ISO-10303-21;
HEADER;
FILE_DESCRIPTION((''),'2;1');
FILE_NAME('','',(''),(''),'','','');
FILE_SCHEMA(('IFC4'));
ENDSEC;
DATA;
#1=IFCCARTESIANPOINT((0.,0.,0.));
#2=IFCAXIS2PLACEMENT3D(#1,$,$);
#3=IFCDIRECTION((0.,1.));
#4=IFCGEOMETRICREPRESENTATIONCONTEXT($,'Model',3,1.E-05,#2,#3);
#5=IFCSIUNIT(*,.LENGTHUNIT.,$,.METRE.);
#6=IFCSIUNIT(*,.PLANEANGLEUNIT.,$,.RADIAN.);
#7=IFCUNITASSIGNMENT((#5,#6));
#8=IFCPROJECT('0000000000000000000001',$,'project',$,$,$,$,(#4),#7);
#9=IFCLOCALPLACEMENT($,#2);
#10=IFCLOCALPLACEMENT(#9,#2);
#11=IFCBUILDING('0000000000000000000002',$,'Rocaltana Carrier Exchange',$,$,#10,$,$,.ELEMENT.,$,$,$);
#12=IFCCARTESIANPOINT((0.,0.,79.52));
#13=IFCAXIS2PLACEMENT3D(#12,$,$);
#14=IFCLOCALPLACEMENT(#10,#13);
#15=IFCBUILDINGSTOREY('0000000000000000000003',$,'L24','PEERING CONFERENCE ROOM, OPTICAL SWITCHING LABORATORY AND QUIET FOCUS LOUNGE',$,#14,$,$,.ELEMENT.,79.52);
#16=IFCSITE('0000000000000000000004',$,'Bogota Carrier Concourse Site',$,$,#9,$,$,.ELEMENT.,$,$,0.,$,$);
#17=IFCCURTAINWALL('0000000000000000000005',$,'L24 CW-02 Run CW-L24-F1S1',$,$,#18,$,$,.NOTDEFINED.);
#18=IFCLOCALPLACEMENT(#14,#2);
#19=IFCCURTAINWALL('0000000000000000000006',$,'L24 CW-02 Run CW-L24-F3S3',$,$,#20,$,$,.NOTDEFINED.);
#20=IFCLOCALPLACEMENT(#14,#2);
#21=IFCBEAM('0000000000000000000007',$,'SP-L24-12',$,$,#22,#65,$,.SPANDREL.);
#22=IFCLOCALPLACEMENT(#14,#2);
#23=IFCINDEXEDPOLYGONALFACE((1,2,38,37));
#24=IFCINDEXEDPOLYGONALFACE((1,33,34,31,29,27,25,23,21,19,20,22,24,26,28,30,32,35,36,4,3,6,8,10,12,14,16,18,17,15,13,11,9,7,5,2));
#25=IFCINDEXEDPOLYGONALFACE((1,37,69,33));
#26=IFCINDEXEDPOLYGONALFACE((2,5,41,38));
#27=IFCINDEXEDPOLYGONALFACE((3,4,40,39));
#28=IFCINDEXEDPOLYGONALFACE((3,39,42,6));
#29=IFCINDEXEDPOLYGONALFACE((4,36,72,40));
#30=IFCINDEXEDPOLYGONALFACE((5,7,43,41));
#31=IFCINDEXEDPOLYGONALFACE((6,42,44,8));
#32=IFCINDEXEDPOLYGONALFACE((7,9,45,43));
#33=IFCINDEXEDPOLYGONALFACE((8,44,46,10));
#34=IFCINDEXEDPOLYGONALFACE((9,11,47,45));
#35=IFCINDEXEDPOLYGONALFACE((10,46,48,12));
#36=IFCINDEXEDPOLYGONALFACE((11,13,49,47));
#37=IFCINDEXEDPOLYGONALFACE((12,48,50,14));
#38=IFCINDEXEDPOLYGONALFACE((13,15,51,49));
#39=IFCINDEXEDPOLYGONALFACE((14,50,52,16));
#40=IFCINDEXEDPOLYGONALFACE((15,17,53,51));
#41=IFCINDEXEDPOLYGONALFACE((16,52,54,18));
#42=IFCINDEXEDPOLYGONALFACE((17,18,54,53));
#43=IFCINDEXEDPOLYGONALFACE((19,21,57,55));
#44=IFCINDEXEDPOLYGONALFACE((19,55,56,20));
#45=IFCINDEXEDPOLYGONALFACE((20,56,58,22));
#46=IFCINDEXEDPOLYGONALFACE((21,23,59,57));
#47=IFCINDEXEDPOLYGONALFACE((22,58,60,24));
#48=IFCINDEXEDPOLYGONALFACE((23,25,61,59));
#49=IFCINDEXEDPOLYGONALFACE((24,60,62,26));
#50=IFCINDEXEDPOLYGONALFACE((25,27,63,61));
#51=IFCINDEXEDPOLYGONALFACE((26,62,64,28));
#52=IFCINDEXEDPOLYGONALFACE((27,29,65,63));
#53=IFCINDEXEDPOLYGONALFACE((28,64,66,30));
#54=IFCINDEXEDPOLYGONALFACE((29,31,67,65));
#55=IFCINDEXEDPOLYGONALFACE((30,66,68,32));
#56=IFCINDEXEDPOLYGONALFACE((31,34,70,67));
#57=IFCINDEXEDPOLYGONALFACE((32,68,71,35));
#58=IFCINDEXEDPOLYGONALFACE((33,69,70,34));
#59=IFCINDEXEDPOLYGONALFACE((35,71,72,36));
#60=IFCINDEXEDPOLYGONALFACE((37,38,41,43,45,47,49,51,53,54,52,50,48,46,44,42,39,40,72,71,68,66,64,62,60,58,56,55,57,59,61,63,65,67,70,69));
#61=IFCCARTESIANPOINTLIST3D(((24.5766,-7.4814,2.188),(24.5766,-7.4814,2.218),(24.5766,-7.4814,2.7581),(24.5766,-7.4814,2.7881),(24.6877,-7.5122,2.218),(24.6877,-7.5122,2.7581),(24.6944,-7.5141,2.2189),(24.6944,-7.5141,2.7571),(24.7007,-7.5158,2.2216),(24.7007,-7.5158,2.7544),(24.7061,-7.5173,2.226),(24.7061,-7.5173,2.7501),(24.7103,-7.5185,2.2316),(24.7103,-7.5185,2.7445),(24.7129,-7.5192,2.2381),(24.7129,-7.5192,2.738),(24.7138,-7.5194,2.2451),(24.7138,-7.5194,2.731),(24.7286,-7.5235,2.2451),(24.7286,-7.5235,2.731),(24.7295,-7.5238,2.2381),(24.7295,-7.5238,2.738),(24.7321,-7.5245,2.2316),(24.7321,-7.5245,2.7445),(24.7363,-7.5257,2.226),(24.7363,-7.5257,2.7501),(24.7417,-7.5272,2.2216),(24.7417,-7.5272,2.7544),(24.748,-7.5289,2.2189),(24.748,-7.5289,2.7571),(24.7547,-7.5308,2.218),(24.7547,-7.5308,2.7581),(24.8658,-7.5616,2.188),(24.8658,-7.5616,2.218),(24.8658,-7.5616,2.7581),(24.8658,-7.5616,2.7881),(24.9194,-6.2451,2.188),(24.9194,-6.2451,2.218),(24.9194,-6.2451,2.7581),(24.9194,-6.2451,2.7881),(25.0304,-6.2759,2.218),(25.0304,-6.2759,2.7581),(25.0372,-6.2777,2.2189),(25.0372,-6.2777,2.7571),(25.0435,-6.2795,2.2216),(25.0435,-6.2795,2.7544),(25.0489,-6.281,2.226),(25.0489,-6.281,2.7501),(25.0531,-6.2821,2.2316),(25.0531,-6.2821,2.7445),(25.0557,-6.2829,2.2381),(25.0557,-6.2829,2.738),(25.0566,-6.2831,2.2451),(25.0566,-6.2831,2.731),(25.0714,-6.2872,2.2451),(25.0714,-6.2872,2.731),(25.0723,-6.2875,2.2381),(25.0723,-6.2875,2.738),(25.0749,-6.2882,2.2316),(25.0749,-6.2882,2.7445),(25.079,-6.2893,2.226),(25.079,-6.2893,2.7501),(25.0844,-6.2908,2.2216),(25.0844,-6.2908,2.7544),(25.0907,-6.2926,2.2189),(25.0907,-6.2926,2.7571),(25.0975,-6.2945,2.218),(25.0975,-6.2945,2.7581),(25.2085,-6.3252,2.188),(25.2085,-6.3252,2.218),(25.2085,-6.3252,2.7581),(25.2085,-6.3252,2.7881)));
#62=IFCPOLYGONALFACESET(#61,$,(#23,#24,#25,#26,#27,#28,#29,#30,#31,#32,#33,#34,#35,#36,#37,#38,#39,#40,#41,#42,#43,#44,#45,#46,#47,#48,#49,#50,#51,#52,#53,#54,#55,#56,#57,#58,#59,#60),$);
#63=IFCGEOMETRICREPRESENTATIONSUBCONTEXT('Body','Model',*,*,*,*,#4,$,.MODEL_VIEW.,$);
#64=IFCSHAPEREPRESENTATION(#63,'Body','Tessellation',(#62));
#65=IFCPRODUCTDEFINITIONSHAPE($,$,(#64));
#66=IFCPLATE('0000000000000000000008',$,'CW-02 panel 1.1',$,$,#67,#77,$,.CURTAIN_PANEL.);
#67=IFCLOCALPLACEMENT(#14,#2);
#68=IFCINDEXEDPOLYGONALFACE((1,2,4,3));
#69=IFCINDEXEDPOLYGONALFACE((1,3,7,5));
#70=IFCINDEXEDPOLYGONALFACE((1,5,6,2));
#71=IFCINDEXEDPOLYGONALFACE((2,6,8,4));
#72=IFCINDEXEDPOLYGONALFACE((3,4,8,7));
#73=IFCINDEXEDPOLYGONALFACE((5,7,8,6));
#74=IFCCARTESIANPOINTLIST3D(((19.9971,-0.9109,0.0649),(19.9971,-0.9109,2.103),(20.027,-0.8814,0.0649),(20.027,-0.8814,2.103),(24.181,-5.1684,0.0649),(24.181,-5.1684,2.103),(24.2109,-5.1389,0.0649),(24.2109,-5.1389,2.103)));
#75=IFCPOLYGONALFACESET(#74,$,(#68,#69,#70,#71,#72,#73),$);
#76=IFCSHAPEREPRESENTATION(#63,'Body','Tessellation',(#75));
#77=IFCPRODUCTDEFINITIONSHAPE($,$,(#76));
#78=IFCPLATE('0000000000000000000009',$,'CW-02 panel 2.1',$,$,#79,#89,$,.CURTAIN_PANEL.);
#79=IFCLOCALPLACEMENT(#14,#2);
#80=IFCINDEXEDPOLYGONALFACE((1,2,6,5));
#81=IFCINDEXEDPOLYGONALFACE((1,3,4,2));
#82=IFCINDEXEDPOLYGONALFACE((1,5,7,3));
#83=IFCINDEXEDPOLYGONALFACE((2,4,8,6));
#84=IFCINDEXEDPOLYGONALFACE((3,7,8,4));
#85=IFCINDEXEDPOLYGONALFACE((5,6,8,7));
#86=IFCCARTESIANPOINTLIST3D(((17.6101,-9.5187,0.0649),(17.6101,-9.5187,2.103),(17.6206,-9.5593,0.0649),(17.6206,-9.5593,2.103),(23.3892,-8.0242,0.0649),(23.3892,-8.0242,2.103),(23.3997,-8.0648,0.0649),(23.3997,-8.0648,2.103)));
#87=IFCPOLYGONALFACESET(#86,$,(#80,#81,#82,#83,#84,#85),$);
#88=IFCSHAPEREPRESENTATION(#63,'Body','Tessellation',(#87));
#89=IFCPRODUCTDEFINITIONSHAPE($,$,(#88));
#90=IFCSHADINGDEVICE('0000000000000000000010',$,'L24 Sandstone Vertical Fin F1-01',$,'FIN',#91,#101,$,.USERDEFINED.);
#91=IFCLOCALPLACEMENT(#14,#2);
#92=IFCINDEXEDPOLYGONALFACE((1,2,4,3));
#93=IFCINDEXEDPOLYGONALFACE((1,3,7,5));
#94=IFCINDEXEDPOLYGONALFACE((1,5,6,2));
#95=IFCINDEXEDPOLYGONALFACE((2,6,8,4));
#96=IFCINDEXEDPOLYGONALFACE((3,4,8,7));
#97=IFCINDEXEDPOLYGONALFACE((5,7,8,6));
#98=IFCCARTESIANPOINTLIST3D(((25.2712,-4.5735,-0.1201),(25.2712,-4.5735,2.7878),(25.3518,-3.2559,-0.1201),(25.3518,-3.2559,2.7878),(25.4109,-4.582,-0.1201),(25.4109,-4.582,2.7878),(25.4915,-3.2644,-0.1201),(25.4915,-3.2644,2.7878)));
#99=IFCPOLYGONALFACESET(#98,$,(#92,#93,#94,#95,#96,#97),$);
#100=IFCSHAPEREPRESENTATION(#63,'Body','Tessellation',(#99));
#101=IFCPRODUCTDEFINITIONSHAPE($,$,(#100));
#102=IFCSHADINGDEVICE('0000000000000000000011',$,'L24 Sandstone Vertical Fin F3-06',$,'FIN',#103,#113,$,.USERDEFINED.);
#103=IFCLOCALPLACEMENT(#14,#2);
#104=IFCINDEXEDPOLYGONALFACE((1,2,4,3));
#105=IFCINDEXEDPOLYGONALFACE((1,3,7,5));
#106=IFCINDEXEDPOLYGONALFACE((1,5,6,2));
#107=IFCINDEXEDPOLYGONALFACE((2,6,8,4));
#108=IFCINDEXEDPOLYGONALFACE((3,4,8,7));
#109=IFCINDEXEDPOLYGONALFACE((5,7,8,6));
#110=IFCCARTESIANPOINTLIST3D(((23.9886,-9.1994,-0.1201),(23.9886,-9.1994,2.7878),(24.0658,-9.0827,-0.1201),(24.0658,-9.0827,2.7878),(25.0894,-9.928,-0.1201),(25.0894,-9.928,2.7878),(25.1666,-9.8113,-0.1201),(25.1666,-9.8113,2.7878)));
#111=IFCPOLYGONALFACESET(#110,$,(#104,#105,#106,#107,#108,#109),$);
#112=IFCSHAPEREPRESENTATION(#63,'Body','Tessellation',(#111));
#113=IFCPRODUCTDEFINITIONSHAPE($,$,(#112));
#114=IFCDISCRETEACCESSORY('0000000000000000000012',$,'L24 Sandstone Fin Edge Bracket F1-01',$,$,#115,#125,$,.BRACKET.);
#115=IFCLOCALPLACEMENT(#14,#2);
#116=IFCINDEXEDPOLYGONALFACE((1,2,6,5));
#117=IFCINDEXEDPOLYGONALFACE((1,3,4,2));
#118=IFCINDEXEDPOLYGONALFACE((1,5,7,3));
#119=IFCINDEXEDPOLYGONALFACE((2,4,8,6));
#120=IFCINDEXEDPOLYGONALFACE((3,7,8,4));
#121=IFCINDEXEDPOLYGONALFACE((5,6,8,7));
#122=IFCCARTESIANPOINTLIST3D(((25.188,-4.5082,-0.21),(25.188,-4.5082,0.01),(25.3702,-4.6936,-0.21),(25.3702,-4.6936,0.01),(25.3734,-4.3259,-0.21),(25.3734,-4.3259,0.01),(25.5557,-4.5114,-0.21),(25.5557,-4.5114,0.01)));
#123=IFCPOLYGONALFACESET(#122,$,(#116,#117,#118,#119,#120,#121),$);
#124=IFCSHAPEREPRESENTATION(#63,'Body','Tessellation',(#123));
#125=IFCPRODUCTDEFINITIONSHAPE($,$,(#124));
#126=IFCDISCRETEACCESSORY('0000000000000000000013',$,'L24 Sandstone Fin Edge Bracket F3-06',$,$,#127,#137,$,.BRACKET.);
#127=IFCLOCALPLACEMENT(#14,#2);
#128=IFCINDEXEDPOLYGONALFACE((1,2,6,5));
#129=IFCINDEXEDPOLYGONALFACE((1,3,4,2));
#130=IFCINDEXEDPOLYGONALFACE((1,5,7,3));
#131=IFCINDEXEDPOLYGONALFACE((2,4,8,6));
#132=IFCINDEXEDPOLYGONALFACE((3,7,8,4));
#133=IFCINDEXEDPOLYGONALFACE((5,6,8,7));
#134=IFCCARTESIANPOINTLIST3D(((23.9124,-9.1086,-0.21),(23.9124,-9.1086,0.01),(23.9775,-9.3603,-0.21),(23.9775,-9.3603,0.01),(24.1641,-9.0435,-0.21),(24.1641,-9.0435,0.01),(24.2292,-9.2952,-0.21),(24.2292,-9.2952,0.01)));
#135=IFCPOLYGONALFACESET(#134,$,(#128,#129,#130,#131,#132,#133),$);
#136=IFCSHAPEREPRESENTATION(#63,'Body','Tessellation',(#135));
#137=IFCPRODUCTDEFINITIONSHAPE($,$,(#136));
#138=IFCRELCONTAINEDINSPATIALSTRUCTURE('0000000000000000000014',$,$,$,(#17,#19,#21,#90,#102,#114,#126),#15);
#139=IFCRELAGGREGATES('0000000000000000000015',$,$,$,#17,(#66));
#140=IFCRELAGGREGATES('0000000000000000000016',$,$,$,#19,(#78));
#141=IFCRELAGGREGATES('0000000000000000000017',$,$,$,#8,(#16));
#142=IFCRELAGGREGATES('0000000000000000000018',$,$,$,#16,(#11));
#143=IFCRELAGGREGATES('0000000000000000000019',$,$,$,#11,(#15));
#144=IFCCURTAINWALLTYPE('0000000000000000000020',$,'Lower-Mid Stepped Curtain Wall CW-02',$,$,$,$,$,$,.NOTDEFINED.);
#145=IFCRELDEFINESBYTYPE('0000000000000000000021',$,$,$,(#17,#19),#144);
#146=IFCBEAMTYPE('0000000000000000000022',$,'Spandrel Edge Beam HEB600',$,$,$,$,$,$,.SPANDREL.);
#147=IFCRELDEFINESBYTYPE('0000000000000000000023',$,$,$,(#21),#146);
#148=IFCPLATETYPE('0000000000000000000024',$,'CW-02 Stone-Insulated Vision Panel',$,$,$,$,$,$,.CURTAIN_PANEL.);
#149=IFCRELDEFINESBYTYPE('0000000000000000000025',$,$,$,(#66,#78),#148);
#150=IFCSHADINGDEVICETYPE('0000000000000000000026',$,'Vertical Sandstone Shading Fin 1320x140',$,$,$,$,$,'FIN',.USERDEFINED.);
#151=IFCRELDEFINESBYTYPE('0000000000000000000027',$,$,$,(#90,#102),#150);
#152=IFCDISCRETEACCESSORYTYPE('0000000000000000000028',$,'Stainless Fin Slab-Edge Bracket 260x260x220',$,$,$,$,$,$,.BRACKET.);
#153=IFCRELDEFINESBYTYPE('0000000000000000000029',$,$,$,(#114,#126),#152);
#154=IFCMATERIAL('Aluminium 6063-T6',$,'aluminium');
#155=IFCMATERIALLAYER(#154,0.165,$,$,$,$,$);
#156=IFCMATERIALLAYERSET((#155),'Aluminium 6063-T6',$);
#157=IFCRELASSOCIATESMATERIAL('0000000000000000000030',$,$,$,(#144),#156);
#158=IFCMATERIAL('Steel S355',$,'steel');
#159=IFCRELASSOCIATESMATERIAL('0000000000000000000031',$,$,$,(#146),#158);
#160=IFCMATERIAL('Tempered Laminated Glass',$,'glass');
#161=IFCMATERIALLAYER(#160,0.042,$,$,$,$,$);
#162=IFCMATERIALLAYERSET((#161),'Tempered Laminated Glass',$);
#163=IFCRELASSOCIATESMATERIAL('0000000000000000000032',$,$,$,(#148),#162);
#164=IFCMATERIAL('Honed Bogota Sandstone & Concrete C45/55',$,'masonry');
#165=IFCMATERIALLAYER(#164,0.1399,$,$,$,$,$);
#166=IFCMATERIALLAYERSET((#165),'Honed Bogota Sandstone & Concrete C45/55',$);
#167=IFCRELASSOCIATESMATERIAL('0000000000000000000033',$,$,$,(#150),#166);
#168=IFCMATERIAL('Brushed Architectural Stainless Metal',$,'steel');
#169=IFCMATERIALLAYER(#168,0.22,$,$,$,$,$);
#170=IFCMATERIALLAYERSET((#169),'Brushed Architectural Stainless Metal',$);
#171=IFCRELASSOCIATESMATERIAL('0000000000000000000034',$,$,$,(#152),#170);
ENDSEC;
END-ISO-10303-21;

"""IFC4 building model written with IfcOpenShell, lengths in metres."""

from ifc_helpers import new_model, si_unit, direction, frame, origin, origin_2d, place, context, subcontext, project, spatial, rectangle, i_section, extrude, material, layer, layer_set, material_profile, profile_set, type_object, element, aggregate, save


model = new_model("IFC4")

# Units and contexts
model_context = context("Model", 3, precision=1e-05, world=origin(), true_north=direction((0.0, 1.0)))
body_context = subcontext(model_context, "Body", "Model", "MODEL_VIEW")
ifc_project = project(units=[si_unit("LENGTHUNIT", "METRE"), si_unit("PLANEANGLEUNIT", "RADIAN")], contexts=[model_context])

# Site, building, storey
site_placement = place(None, origin())
site = spatial("IfcSite", under=ifc_project, at=site_placement, Name="Bogota Carrier Concourse Site", CompositionType="ELEMENT", RefElevation=0.0)
building_placement = place(site_placement, origin())
building = spatial("IfcBuilding", under=site, at=building_placement, Name="Rocaltana Carrier Exchange", CompositionType="ELEMENT")
storey_placement = place(building_placement, frame((0.0, 0.0, 79.52)))
storey = spatial("IfcBuildingStorey", under=building, at=storey_placement, Name="L24", Description="PEERING CONFERENCE ROOM, OPTICAL SWITCHING LABORATORY AND QUIET FOCUS LOUNGE", CompositionType="ELEMENT", Elevation=79.52)

# Curtain wall
ifc_material_1 = material(Name="Aluminium 6063-T6", Category="aluminium")
ifc_layer_1 = layer(ifc_material_1, 0.165)
ifc_layer_set_1 = layer_set([ifc_layer_1], Name="Aluminium 6063-T6")
curtain_wall_type = type_object("IfcCurtainWallType", Name="Lower-Mid Stepped Curtain Wall CW-02", PredefinedType="NOTDEFINED", material=ifc_layer_set_1)
curtain_wall_1_placement = place(storey_placement, origin())
curtain_wall_1 = element("IfcCurtainWall", 1, at=curtain_wall_1_placement, inside=storey, type_object=curtain_wall_type, Name="L24 CW-02 Run CW-L24-F1S1", PredefinedType="NOTDEFINED")

# Curtain wall
curtain_wall_2_placement = place(storey_placement, origin())
curtain_wall_2 = element("IfcCurtainWall", 2, at=curtain_wall_2_placement, inside=storey, type_object=curtain_wall_type, Name="L24 CW-02 Run CW-L24-F3S3", PredefinedType="NOTDEFINED")

# Beam
ifc_material_2 = material(Name="Steel S355", Category="steel")
ifc_material_profile_1 = material_profile(ifc_material_2, i_section(OverallWidth=0.3, OverallDepth=0.6001, WebThickness=0.0154, FlangeThickness=0.03, FilletRadius=0.0271, at=origin_2d()), Name="HEB600")
ifc_profile_set_1 = profile_set([ifc_material_profile_1], Name="Steel S355")
beam_type_1 = type_object("IfcBeamType", Name="Spandrel Edge Beam HEB600", PredefinedType="SPANDREL", material=ifc_profile_set_1)
beam_1_placement = place(storey_placement, frame((24.7212, -7.5215, 2.488), z_axis=(0.267173, 0.963649, 0.0), x_axis=(-0.963649, 0.267173, 0.0)))
element("IfcBeam", 3, at=beam_1_placement, inside=storey, type_object=beam_type_1, Name="SP-L24-12", PredefinedType="SPANDREL", context=body_context, shape_type="SweptSolid", body=[
    extrude(i_section(OverallWidth=0.3, OverallDepth=0.6001, WebThickness=0.0154, FlangeThickness=0.03, FilletRadius=0.0271, at=origin_2d()), origin(), (0.0, 0.0, 1.0), 1.283),
])

# Plates
ifc_material_3 = material(Name="Tempered Laminated Glass", Category="glass")
ifc_layer_2 = layer(ifc_material_3, 0.042)
ifc_layer_set_2 = layer_set([ifc_layer_2], Name="Tempered Laminated Glass")
plate_type = type_object("IfcPlateType", Name="CW-02 Stone-Insulated Vision Panel", PredefinedType="CURTAIN_PANEL", material=ifc_layer_set_2)
plate_1_placement = place(storey_placement, frame((22.104, -3.0249, 0.0649), z_axis=(0.0, 0.0, 1.0), x_axis=(-0.700915, 0.713245, 0.0)))
plate_1 = element("IfcPlate", 4, at=plate_1_placement, type_object=plate_type, Name="CW-02 panel 1.1", PredefinedType="CURTAIN_PANEL", context=body_context, shape_type="SweptSolid", body=[
    extrude(rectangle(XDim=5.9692, YDim=0.042, at=origin_2d()), origin(), (0.0, 0.0, 1.0), 2.0381),
])
aggregate(curtain_wall_1, [plate_1])
plate_2_placement = place(storey_placement, frame((20.5049, -8.7917, 0.0649), z_axis=(0.0, 0.0, 1.0), x_axis=(0.96815, 0.25037, 0.0)))
plate_2 = element("IfcPlate", 5, at=plate_2_placement, type_object=plate_type, Name="CW-02 panel 2.1", PredefinedType="CURTAIN_PANEL", context=body_context, shape_type="SweptSolid", body=[
    extrude(rectangle(XDim=5.9692, YDim=0.042, at=origin_2d()), origin(), (0.0, 0.0, 1.0), 2.0381),
])
aggregate(curtain_wall_2, [plate_2])

# Shading devices
ifc_material_4 = material(Name="Honed Bogota Sandstone & Concrete C45/55", Category="masonry")
ifc_layer_3 = layer(ifc_material_4, 0.1399)
ifc_layer_set_3 = layer_set([ifc_layer_3], Name="Honed Bogota Sandstone & Concrete C45/55")
shading_device_type = type_object("IfcShadingDeviceType", Name="Vertical Sandstone Shading Fin 1320x140", ElementType="FIN", PredefinedType="USERDEFINED", material=ifc_layer_set_3)
for number, where, z_axis, x_axis, name in (
    (6, (25.3813, -3.9189, -0.1201), (0.0, 0.0, 1.0), (0.061049, 0.998135, 0.0), "L24 Sandstone Vertical Fin F1-01"),
    (7, (24.5776, -9.5054, -0.1201), (0.0, 0.0, 1.0), (0.833886, -0.551937, 0.0), "L24 Sandstone Vertical Fin F3-06"),
):
    element("IfcShadingDevice", number, at=place(storey_placement, frame(where, z_axis=z_axis, x_axis=x_axis)), inside=storey, type_object=shading_device_type, Name=name, ObjectType="FIN", PredefinedType="USERDEFINED", context=body_context, shape_type="SweptSolid", body=[
        extrude(rectangle(XDim=1.3201, YDim=0.1399, at=origin_2d()), origin(), (0.0, 0.0, 1.0), 2.908),
    ])

# Discrete accessories
ifc_material_5 = material(Name="Brushed Architectural Stainless Metal", Category="steel")
ifc_layer_4 = layer(ifc_material_5, 0.22)
ifc_layer_set_4 = layer_set([ifc_layer_4], Name="Brushed Architectural Stainless Metal")
discrete_accessory_type = type_object("IfcDiscreteAccessoryType", Name="Stainless Fin Slab-Edge Bracket 260x260x220", PredefinedType="BRACKET", material=ifc_layer_set_4)
for number, where, z_axis, x_axis, name in (
    (8, (25.3718, -4.5098, -0.21), (0.0, 0.0, 1.0), (-0.700909, 0.71325, 0.0), "L24 Sandstone Fin Edge Bracket F1-01"),
    (9, (24.0708, -9.2019, -0.21), (0.0, 0.0, 1.0), (0.968148, 0.25038, 0.0), "L24 Sandstone Fin Edge Bracket F3-06"),
):
    element("IfcDiscreteAccessory", number, at=place(storey_placement, frame(where, z_axis=z_axis, x_axis=x_axis)), inside=storey, type_object=discrete_accessory_type, Name=name, PredefinedType="BRACKET", context=body_context, shape_type="SweptSolid", body=[
        extrude(rectangle(XDim=0.26, YDim=0.26, at=origin_2d()), origin(), (0.0, 0.0, 1.0), 0.22),
    ])

save(model, "model.ifc")
